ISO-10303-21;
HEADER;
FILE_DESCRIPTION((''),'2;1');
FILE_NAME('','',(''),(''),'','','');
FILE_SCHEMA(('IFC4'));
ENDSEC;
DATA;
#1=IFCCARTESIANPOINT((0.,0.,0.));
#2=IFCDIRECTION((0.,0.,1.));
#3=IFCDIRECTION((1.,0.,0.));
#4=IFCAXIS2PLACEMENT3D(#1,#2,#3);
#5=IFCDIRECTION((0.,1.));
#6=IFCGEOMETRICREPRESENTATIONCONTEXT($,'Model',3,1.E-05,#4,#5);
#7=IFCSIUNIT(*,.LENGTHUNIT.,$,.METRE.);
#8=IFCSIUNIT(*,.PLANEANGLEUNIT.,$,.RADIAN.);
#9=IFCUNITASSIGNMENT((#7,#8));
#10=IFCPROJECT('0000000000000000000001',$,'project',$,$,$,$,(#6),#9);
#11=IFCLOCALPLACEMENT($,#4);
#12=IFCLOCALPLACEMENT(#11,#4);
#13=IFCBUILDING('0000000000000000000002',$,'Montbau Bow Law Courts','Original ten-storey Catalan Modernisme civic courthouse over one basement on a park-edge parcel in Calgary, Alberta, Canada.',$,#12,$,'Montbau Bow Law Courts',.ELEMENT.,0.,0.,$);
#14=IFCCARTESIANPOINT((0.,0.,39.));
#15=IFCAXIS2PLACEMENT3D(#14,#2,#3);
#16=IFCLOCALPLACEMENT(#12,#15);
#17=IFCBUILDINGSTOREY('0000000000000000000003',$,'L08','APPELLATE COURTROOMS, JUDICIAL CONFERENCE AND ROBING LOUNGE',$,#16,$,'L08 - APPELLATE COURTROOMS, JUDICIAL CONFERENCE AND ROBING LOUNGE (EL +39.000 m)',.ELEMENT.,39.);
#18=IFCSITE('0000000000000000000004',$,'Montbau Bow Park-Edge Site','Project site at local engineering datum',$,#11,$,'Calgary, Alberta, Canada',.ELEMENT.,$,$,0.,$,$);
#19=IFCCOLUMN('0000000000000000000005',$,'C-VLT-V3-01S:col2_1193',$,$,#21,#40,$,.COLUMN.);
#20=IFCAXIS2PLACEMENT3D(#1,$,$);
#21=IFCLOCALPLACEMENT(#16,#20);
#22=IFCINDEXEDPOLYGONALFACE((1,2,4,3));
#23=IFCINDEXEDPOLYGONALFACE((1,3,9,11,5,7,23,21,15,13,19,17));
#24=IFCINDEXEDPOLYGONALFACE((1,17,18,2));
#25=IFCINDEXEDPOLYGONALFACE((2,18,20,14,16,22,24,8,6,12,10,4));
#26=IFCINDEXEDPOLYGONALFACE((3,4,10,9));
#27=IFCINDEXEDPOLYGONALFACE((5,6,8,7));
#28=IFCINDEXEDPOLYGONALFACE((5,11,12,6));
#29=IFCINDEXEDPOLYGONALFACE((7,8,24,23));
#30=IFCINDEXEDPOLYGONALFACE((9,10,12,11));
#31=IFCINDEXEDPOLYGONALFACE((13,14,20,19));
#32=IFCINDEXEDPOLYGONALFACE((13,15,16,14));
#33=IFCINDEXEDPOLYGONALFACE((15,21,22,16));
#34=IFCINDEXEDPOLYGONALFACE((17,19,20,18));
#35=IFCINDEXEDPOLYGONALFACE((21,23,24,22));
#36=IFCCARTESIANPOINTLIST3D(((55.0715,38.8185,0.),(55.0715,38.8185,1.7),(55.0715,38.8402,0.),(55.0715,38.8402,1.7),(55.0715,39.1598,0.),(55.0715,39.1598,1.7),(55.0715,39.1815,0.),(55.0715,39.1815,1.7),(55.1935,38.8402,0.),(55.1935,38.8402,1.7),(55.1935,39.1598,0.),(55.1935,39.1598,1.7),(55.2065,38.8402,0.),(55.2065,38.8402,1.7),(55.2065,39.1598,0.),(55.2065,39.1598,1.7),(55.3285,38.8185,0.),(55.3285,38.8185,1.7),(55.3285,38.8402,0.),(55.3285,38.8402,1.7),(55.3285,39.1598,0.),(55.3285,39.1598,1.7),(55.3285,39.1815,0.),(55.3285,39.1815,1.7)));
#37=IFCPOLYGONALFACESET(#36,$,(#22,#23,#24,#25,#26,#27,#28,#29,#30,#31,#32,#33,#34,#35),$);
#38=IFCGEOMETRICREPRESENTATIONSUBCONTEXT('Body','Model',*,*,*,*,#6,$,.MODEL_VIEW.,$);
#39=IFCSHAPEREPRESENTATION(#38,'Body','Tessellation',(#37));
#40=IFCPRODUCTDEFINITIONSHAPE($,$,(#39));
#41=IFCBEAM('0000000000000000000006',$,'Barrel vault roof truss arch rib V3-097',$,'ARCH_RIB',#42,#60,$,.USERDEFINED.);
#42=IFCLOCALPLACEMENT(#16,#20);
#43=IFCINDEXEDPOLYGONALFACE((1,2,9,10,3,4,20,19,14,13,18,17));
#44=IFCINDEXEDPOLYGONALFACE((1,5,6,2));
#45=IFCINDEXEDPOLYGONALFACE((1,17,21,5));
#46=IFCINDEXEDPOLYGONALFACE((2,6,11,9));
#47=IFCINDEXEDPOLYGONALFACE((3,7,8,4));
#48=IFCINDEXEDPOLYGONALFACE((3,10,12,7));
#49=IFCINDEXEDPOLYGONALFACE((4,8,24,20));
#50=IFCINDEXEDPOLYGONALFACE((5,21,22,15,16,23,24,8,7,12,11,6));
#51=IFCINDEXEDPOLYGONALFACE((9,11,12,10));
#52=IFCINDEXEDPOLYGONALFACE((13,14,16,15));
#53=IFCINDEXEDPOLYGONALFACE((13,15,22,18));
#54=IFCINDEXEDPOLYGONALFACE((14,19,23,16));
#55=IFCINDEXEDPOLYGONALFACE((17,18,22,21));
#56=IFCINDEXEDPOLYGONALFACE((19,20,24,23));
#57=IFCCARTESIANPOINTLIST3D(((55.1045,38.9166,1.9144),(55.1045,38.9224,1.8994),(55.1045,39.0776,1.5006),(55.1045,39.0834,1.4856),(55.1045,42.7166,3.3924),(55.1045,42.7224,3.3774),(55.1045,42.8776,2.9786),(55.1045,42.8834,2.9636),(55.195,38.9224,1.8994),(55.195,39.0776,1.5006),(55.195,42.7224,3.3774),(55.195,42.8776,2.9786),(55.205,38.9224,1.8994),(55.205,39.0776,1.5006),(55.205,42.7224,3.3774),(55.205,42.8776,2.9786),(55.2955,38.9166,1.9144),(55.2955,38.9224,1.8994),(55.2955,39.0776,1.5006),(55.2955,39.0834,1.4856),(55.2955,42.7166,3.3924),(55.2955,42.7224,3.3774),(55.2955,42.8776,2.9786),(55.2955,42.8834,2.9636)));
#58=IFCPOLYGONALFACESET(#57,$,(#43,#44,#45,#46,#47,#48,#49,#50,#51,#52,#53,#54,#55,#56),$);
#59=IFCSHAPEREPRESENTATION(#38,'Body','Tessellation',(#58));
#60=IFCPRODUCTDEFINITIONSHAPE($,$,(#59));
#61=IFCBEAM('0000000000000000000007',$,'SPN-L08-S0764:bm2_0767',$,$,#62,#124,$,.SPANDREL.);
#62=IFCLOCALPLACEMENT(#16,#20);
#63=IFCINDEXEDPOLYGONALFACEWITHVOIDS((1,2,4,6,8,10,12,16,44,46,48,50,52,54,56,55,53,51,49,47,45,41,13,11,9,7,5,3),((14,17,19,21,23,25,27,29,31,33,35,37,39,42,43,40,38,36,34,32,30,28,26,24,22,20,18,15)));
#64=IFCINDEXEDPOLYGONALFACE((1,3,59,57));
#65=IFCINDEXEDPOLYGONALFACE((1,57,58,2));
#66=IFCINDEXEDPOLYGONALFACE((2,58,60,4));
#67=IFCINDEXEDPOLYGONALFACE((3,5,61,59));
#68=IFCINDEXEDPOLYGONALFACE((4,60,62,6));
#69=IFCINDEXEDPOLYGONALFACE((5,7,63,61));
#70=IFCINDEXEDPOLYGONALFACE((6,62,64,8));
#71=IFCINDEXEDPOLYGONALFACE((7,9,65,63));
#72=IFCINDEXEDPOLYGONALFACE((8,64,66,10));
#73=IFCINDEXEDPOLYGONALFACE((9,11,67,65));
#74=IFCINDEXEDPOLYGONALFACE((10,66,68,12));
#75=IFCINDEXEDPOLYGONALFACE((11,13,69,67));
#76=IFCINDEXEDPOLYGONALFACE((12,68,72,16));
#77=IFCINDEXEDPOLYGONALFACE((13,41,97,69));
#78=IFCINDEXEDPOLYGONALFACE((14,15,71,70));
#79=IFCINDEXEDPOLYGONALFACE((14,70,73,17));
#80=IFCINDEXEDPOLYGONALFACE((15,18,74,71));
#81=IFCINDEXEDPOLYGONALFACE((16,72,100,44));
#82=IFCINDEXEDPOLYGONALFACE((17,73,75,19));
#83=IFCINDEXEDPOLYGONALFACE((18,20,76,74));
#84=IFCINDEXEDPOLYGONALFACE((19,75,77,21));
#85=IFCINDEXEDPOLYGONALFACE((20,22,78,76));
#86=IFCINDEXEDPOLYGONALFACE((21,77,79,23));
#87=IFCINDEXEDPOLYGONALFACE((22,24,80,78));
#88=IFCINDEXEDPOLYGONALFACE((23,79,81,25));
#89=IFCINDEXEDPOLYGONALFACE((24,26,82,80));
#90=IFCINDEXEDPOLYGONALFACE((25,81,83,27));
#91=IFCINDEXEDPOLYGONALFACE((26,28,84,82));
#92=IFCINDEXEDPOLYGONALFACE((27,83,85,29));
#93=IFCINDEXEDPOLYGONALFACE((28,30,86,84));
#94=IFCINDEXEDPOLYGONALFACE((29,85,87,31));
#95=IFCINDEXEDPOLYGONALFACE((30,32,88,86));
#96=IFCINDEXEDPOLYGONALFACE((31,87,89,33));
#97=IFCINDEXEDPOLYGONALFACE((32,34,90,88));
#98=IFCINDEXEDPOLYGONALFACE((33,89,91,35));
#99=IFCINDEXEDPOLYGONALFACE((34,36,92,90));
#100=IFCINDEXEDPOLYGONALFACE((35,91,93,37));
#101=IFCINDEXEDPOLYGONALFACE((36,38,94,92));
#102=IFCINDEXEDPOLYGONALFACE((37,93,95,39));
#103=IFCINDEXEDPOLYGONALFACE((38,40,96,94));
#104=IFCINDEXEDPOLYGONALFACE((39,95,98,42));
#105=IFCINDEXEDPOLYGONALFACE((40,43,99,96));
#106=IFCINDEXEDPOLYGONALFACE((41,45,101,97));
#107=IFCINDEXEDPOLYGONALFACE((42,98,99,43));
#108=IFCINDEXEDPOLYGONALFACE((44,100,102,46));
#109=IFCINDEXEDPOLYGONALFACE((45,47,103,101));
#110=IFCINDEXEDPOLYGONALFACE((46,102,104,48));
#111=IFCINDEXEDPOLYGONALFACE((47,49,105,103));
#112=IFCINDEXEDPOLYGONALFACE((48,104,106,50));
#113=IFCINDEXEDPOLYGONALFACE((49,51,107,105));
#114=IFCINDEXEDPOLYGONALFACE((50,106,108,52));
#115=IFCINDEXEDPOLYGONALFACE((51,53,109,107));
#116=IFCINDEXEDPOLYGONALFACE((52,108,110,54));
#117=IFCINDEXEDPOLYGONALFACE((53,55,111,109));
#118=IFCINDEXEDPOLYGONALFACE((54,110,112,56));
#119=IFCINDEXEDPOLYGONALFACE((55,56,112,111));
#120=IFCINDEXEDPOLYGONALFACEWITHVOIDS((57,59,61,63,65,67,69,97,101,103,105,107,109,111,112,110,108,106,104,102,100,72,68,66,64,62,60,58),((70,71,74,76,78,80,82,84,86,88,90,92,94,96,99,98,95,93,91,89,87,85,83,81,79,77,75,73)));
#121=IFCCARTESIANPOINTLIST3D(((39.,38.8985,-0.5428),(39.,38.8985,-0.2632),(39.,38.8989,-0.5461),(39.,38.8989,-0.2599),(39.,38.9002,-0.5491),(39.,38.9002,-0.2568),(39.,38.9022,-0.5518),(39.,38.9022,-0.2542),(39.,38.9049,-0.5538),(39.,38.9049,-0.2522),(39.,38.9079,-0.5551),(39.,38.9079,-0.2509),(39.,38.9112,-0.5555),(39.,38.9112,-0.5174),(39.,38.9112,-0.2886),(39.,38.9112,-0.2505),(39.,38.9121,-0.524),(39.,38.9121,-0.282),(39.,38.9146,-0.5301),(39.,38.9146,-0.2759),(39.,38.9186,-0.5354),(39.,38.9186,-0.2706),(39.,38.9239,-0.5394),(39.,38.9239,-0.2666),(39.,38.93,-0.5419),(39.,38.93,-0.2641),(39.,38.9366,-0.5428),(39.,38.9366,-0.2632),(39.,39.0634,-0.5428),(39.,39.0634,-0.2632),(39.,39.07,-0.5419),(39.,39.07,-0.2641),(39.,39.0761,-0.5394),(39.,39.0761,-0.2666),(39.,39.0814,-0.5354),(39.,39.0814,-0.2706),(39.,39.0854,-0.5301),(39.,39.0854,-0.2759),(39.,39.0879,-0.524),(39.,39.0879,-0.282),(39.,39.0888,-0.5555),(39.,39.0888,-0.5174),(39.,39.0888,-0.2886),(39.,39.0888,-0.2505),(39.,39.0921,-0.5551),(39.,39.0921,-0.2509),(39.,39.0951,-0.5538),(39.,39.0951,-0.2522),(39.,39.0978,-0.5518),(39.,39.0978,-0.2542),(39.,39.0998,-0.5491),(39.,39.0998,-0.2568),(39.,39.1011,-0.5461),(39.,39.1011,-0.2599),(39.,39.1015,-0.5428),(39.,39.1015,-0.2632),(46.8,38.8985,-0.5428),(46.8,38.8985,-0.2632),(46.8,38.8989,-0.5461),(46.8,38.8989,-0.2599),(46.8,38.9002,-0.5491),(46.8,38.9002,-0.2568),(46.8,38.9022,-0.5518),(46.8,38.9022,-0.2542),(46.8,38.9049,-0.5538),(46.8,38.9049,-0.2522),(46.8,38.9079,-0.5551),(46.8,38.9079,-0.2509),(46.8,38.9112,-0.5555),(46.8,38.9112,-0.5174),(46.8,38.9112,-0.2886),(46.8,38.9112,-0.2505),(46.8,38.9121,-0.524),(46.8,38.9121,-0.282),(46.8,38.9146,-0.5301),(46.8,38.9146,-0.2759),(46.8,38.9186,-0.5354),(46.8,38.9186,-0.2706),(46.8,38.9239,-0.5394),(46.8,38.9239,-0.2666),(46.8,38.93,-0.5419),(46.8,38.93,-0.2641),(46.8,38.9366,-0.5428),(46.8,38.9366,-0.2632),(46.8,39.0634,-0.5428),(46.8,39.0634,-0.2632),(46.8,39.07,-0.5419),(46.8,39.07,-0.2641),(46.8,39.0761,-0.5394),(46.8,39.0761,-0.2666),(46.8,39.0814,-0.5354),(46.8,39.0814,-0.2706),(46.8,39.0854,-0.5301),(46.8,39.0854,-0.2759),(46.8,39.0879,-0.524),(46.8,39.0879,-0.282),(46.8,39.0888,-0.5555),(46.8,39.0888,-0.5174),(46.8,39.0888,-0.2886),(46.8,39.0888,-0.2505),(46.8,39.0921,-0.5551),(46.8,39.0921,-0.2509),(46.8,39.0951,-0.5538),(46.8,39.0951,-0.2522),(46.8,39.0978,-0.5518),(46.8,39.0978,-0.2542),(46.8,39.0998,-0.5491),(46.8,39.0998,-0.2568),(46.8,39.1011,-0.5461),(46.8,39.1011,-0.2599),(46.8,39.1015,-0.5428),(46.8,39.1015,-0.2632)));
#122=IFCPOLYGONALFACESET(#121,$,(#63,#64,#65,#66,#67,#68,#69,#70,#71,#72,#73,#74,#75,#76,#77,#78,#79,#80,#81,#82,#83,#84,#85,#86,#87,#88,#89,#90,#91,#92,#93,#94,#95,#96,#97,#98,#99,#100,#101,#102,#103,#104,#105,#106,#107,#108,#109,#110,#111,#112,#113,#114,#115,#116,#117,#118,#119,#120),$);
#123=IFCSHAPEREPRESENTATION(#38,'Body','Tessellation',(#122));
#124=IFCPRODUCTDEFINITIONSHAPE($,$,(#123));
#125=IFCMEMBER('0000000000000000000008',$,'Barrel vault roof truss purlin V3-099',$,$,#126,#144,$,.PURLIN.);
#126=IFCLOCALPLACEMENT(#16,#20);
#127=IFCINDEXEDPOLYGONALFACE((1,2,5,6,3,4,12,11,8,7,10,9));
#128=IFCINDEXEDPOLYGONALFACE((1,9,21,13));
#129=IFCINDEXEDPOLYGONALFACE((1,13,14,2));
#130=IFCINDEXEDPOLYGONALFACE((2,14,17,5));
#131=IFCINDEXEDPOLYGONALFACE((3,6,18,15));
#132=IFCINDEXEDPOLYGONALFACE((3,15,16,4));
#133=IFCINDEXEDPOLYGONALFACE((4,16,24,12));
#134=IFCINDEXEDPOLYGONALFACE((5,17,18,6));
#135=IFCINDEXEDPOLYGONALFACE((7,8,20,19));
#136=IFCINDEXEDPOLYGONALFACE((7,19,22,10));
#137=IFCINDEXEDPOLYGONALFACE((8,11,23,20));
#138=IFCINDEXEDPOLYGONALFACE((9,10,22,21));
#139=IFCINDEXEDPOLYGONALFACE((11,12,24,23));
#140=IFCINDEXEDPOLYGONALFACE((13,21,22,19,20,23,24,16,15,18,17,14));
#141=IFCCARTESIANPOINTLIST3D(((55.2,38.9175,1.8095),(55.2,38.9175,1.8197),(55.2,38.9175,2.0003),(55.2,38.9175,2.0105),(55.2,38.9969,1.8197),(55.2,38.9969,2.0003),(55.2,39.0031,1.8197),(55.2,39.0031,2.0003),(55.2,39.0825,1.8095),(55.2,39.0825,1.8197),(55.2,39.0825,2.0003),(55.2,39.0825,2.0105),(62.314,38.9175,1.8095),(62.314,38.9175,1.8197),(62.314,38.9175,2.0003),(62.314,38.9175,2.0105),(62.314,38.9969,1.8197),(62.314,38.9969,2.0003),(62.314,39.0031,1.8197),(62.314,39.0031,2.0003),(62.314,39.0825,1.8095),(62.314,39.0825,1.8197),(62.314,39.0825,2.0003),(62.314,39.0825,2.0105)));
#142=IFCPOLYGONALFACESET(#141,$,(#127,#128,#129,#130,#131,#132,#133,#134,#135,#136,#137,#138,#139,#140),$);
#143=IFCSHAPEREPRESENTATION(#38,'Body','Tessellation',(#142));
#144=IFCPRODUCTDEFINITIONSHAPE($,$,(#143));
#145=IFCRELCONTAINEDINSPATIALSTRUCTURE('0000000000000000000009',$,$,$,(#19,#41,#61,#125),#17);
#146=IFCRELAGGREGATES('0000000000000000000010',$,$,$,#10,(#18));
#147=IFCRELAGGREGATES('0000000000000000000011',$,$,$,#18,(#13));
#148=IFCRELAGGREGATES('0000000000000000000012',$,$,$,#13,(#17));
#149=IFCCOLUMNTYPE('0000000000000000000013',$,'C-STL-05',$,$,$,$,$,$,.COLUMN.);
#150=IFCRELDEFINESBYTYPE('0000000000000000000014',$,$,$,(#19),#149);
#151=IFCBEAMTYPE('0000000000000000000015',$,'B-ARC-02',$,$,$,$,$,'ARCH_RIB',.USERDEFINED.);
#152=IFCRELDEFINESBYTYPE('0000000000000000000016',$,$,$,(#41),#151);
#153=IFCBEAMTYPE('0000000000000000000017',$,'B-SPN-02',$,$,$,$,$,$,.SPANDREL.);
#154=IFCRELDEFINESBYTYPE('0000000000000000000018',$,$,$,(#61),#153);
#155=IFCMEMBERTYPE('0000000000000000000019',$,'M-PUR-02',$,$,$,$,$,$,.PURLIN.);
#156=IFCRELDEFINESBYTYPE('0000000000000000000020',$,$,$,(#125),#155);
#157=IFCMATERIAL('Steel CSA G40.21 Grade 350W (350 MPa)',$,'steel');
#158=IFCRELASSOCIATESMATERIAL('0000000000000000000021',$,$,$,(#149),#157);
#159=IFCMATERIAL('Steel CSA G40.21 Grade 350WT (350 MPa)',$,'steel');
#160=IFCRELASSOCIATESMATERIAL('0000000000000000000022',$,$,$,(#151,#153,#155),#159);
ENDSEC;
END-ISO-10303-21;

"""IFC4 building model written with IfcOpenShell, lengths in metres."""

from ifc_helpers import new_model, si_unit, direction, frame, origin_with_axes, origin_2d_with_axis, place, context, subcontext, project, spatial, hollow_rectangle, i_section, extrude, material, material_profile, profile_set, type_object, element, save


model = new_model("IFC4")

# Units and contexts
model_context = context("Model", 3, precision=1e-05, world=origin_with_axes(), true_north=direction((0.0, 1.0)))
body_context = subcontext(model_context, "Body", "Model", "MODEL_VIEW")
ifc_project = project(units=[si_unit("LENGTHUNIT", "METRE"), si_unit("PLANEANGLEUNIT", "RADIAN")], contexts=[model_context])

# Site, building, storey
site_placement = place(None, origin_with_axes())
site = spatial("IfcSite", under=ifc_project, at=site_placement, Name="Montbau Bow Park-Edge Site", Description="Project site at local engineering datum", LongName="Calgary, Alberta, Canada", CompositionType="ELEMENT", RefElevation=0.0)
building_placement = place(site_placement, origin_with_axes())
building = spatial("IfcBuilding", under=site, at=building_placement, Name="Montbau Bow Law Courts", Description="Original ten-storey Catalan Modernisme civic courthouse over one basement on a park-edge parcel in Calgary, Alberta, Canada.", LongName="Montbau Bow Law Courts", CompositionType="ELEMENT", ElevationOfRefHeight=0.0, ElevationOfTerrain=0.0)
storey_placement = place(building_placement, frame((0.0, 0.0, 39.0), z_axis=(0.0, 0.0, 1.0), x_axis=(1.0, 0.0, 0.0)))
storey = spatial("IfcBuildingStorey", under=building, at=storey_placement, Name="L08", Description="APPELLATE COURTROOMS, JUDICIAL CONFERENCE AND ROBING LOUNGE", LongName="L08 - APPELLATE COURTROOMS, JUDICIAL CONFERENCE AND ROBING LOUNGE (EL +39.000 m)", CompositionType="ELEMENT", Elevation=39.0)

# Column
ifc_material_1 = material(Name="Steel CSA G40.21 Grade 350W (350 MPa)", Category="steel")
ifc_material_profile_1 = material_profile(ifc_material_1, i_section(OverallWidth=0.257, OverallDepth=0.363, WebThickness=0.013, FlangeThickness=0.0217, at=origin_2d_with_axis()), Name="W360X122", Category="Main", Priority=0)
ifc_profile_set_1 = profile_set([ifc_material_profile_1], Name="Steel CSA G40.21 Grade 350W (350 MPa)")
column_type = type_object("IfcColumnType", Name="C-STL-05", PredefinedType="COLUMN", material=ifc_profile_set_1)
column_placement = place(None, frame((55.2, 39.0, 39.0), z_axis=(0.0, 0.0, 1.0), x_axis=(1.0, 0.0, 0.0)))
element("IfcColumn", 1, at=column_placement, inside=storey, type_object=column_type, Name="C-VLT-V3-01S:col2_1193", PredefinedType="COLUMN", context=body_context, shape_type="SweptSolid", body=[
    extrude(i_section(OverallWidth=0.257, OverallDepth=0.363, WebThickness=0.013, FlangeThickness=0.0217, at=origin_2d_with_axis()), origin_with_axes(), (0.0, 0.0, 1.0), 1.7),
])

# Beams
ifc_material_2 = material(Name="Steel CSA G40.21 Grade 350WT (350 MPa)", Category="steel")
ifc_material_profile_2 = material_profile(ifc_material_2, i_section(OverallWidth=0.191, OverallDepth=0.46, WebThickness=0.0099, FlangeThickness=0.016, at=origin_2d_with_axis()), Name="W460X82", Category="Main", Priority=0)
ifc_profile_set_2 = profile_set([ifc_material_profile_2], Name="Steel CSA G40.21 Grade 350WT (350 MPa)")
beam_type_1 = type_object("IfcBeamType", Name="B-ARC-02", ElementType="ARCH_RIB", PredefinedType="USERDEFINED", material=ifc_profile_set_2)
beam_1_placement = place(None, frame((55.2, 39.0, 40.7), z_axis=(0.0, 0.931986, 0.362494), x_axis=(-1.0, 0.0, 0.0)))
element("IfcBeam", 2, at=beam_1_placement, inside=storey, type_object=beam_type_1, Name="Barrel vault roof truss arch rib V3-097", ObjectType="ARCH_RIB", PredefinedType="USERDEFINED", context=body_context, shape_type="SweptSolid", body=[
    extrude(i_section(OverallWidth=0.191, OverallDepth=0.46, WebThickness=0.0099, FlangeThickness=0.016, at=origin_2d_with_axis()), origin_with_axes(), (0.0, 0.0, 1.0), 4.0773),
])
ifc_material_profile_3 = material_profile(ifc_material_2, hollow_rectangle(XDim=0.203, YDim=0.305, WallThickness=0.0127, InnerFilletRadius=0.0254, OuterFilletRadius=0.0127, at=origin_2d_with_axis()), Name="HSS305X203X13", Category="Main", Priority=0)
ifc_profile_set_3 = profile_set([ifc_material_profile_3], Name="Steel CSA G40.21 Grade 350WT (350 MPa)")
beam_type_2 = type_object("IfcBeamType", Name="B-SPN-02", PredefinedType="SPANDREL", material=ifc_profile_set_3)
beam_2_placement = place(None, frame((39.0, 39.0, 38.597), z_axis=(1.0, 0.0, 0.0), x_axis=(0.0, 1.0, 0.0)))
element("IfcBeam", 3, at=beam_2_placement, inside=storey, type_object=beam_type_2, Name="SPN-L08-S0764:bm2_0767", PredefinedType="SPANDREL", context=body_context, shape_type="SweptSolid", body=[
    extrude(hollow_rectangle(XDim=0.203, YDim=0.305, WallThickness=0.0127, InnerFilletRadius=0.0254, OuterFilletRadius=0.0127, at=origin_2d_with_axis()), origin_with_axes(), (0.0, 0.0, 1.0), 7.8),
])

# Member
ifc_material_profile_4 = material_profile(ifc_material_2, i_section(OverallWidth=0.165, OverallDepth=0.201, WebThickness=0.0062, FlangeThickness=0.0102, at=origin_2d_with_axis()), Name="W200X36", Category="Main", Priority=0)
ifc_profile_set_4 = profile_set([ifc_material_profile_4], Name="Steel CSA G40.21 Grade 350WT (350 MPa)")
member_type_1 = type_object("IfcMemberType", Name="M-PUR-02", PredefinedType="PURLIN", material=ifc_profile_set_4)
member_1_placement = place(None, frame((55.2, 39.0, 40.91), z_axis=(1.0, 0.0, 0.0), x_axis=(0.0, 1.0, 0.0)))
element("IfcMember", 4, at=member_1_placement, inside=storey, type_object=member_type_1, Name="Barrel vault roof truss purlin V3-099", PredefinedType="PURLIN", context=body_context, shape_type="SweptSolid", body=[
    extrude(i_section(OverallWidth=0.165, OverallDepth=0.201, WebThickness=0.0062, FlangeThickness=0.0102, at=origin_2d_with_axis()), origin_with_axes(), (0.0, 0.0, 1.0), 7.114),
])

save(model, "model.ifc")
